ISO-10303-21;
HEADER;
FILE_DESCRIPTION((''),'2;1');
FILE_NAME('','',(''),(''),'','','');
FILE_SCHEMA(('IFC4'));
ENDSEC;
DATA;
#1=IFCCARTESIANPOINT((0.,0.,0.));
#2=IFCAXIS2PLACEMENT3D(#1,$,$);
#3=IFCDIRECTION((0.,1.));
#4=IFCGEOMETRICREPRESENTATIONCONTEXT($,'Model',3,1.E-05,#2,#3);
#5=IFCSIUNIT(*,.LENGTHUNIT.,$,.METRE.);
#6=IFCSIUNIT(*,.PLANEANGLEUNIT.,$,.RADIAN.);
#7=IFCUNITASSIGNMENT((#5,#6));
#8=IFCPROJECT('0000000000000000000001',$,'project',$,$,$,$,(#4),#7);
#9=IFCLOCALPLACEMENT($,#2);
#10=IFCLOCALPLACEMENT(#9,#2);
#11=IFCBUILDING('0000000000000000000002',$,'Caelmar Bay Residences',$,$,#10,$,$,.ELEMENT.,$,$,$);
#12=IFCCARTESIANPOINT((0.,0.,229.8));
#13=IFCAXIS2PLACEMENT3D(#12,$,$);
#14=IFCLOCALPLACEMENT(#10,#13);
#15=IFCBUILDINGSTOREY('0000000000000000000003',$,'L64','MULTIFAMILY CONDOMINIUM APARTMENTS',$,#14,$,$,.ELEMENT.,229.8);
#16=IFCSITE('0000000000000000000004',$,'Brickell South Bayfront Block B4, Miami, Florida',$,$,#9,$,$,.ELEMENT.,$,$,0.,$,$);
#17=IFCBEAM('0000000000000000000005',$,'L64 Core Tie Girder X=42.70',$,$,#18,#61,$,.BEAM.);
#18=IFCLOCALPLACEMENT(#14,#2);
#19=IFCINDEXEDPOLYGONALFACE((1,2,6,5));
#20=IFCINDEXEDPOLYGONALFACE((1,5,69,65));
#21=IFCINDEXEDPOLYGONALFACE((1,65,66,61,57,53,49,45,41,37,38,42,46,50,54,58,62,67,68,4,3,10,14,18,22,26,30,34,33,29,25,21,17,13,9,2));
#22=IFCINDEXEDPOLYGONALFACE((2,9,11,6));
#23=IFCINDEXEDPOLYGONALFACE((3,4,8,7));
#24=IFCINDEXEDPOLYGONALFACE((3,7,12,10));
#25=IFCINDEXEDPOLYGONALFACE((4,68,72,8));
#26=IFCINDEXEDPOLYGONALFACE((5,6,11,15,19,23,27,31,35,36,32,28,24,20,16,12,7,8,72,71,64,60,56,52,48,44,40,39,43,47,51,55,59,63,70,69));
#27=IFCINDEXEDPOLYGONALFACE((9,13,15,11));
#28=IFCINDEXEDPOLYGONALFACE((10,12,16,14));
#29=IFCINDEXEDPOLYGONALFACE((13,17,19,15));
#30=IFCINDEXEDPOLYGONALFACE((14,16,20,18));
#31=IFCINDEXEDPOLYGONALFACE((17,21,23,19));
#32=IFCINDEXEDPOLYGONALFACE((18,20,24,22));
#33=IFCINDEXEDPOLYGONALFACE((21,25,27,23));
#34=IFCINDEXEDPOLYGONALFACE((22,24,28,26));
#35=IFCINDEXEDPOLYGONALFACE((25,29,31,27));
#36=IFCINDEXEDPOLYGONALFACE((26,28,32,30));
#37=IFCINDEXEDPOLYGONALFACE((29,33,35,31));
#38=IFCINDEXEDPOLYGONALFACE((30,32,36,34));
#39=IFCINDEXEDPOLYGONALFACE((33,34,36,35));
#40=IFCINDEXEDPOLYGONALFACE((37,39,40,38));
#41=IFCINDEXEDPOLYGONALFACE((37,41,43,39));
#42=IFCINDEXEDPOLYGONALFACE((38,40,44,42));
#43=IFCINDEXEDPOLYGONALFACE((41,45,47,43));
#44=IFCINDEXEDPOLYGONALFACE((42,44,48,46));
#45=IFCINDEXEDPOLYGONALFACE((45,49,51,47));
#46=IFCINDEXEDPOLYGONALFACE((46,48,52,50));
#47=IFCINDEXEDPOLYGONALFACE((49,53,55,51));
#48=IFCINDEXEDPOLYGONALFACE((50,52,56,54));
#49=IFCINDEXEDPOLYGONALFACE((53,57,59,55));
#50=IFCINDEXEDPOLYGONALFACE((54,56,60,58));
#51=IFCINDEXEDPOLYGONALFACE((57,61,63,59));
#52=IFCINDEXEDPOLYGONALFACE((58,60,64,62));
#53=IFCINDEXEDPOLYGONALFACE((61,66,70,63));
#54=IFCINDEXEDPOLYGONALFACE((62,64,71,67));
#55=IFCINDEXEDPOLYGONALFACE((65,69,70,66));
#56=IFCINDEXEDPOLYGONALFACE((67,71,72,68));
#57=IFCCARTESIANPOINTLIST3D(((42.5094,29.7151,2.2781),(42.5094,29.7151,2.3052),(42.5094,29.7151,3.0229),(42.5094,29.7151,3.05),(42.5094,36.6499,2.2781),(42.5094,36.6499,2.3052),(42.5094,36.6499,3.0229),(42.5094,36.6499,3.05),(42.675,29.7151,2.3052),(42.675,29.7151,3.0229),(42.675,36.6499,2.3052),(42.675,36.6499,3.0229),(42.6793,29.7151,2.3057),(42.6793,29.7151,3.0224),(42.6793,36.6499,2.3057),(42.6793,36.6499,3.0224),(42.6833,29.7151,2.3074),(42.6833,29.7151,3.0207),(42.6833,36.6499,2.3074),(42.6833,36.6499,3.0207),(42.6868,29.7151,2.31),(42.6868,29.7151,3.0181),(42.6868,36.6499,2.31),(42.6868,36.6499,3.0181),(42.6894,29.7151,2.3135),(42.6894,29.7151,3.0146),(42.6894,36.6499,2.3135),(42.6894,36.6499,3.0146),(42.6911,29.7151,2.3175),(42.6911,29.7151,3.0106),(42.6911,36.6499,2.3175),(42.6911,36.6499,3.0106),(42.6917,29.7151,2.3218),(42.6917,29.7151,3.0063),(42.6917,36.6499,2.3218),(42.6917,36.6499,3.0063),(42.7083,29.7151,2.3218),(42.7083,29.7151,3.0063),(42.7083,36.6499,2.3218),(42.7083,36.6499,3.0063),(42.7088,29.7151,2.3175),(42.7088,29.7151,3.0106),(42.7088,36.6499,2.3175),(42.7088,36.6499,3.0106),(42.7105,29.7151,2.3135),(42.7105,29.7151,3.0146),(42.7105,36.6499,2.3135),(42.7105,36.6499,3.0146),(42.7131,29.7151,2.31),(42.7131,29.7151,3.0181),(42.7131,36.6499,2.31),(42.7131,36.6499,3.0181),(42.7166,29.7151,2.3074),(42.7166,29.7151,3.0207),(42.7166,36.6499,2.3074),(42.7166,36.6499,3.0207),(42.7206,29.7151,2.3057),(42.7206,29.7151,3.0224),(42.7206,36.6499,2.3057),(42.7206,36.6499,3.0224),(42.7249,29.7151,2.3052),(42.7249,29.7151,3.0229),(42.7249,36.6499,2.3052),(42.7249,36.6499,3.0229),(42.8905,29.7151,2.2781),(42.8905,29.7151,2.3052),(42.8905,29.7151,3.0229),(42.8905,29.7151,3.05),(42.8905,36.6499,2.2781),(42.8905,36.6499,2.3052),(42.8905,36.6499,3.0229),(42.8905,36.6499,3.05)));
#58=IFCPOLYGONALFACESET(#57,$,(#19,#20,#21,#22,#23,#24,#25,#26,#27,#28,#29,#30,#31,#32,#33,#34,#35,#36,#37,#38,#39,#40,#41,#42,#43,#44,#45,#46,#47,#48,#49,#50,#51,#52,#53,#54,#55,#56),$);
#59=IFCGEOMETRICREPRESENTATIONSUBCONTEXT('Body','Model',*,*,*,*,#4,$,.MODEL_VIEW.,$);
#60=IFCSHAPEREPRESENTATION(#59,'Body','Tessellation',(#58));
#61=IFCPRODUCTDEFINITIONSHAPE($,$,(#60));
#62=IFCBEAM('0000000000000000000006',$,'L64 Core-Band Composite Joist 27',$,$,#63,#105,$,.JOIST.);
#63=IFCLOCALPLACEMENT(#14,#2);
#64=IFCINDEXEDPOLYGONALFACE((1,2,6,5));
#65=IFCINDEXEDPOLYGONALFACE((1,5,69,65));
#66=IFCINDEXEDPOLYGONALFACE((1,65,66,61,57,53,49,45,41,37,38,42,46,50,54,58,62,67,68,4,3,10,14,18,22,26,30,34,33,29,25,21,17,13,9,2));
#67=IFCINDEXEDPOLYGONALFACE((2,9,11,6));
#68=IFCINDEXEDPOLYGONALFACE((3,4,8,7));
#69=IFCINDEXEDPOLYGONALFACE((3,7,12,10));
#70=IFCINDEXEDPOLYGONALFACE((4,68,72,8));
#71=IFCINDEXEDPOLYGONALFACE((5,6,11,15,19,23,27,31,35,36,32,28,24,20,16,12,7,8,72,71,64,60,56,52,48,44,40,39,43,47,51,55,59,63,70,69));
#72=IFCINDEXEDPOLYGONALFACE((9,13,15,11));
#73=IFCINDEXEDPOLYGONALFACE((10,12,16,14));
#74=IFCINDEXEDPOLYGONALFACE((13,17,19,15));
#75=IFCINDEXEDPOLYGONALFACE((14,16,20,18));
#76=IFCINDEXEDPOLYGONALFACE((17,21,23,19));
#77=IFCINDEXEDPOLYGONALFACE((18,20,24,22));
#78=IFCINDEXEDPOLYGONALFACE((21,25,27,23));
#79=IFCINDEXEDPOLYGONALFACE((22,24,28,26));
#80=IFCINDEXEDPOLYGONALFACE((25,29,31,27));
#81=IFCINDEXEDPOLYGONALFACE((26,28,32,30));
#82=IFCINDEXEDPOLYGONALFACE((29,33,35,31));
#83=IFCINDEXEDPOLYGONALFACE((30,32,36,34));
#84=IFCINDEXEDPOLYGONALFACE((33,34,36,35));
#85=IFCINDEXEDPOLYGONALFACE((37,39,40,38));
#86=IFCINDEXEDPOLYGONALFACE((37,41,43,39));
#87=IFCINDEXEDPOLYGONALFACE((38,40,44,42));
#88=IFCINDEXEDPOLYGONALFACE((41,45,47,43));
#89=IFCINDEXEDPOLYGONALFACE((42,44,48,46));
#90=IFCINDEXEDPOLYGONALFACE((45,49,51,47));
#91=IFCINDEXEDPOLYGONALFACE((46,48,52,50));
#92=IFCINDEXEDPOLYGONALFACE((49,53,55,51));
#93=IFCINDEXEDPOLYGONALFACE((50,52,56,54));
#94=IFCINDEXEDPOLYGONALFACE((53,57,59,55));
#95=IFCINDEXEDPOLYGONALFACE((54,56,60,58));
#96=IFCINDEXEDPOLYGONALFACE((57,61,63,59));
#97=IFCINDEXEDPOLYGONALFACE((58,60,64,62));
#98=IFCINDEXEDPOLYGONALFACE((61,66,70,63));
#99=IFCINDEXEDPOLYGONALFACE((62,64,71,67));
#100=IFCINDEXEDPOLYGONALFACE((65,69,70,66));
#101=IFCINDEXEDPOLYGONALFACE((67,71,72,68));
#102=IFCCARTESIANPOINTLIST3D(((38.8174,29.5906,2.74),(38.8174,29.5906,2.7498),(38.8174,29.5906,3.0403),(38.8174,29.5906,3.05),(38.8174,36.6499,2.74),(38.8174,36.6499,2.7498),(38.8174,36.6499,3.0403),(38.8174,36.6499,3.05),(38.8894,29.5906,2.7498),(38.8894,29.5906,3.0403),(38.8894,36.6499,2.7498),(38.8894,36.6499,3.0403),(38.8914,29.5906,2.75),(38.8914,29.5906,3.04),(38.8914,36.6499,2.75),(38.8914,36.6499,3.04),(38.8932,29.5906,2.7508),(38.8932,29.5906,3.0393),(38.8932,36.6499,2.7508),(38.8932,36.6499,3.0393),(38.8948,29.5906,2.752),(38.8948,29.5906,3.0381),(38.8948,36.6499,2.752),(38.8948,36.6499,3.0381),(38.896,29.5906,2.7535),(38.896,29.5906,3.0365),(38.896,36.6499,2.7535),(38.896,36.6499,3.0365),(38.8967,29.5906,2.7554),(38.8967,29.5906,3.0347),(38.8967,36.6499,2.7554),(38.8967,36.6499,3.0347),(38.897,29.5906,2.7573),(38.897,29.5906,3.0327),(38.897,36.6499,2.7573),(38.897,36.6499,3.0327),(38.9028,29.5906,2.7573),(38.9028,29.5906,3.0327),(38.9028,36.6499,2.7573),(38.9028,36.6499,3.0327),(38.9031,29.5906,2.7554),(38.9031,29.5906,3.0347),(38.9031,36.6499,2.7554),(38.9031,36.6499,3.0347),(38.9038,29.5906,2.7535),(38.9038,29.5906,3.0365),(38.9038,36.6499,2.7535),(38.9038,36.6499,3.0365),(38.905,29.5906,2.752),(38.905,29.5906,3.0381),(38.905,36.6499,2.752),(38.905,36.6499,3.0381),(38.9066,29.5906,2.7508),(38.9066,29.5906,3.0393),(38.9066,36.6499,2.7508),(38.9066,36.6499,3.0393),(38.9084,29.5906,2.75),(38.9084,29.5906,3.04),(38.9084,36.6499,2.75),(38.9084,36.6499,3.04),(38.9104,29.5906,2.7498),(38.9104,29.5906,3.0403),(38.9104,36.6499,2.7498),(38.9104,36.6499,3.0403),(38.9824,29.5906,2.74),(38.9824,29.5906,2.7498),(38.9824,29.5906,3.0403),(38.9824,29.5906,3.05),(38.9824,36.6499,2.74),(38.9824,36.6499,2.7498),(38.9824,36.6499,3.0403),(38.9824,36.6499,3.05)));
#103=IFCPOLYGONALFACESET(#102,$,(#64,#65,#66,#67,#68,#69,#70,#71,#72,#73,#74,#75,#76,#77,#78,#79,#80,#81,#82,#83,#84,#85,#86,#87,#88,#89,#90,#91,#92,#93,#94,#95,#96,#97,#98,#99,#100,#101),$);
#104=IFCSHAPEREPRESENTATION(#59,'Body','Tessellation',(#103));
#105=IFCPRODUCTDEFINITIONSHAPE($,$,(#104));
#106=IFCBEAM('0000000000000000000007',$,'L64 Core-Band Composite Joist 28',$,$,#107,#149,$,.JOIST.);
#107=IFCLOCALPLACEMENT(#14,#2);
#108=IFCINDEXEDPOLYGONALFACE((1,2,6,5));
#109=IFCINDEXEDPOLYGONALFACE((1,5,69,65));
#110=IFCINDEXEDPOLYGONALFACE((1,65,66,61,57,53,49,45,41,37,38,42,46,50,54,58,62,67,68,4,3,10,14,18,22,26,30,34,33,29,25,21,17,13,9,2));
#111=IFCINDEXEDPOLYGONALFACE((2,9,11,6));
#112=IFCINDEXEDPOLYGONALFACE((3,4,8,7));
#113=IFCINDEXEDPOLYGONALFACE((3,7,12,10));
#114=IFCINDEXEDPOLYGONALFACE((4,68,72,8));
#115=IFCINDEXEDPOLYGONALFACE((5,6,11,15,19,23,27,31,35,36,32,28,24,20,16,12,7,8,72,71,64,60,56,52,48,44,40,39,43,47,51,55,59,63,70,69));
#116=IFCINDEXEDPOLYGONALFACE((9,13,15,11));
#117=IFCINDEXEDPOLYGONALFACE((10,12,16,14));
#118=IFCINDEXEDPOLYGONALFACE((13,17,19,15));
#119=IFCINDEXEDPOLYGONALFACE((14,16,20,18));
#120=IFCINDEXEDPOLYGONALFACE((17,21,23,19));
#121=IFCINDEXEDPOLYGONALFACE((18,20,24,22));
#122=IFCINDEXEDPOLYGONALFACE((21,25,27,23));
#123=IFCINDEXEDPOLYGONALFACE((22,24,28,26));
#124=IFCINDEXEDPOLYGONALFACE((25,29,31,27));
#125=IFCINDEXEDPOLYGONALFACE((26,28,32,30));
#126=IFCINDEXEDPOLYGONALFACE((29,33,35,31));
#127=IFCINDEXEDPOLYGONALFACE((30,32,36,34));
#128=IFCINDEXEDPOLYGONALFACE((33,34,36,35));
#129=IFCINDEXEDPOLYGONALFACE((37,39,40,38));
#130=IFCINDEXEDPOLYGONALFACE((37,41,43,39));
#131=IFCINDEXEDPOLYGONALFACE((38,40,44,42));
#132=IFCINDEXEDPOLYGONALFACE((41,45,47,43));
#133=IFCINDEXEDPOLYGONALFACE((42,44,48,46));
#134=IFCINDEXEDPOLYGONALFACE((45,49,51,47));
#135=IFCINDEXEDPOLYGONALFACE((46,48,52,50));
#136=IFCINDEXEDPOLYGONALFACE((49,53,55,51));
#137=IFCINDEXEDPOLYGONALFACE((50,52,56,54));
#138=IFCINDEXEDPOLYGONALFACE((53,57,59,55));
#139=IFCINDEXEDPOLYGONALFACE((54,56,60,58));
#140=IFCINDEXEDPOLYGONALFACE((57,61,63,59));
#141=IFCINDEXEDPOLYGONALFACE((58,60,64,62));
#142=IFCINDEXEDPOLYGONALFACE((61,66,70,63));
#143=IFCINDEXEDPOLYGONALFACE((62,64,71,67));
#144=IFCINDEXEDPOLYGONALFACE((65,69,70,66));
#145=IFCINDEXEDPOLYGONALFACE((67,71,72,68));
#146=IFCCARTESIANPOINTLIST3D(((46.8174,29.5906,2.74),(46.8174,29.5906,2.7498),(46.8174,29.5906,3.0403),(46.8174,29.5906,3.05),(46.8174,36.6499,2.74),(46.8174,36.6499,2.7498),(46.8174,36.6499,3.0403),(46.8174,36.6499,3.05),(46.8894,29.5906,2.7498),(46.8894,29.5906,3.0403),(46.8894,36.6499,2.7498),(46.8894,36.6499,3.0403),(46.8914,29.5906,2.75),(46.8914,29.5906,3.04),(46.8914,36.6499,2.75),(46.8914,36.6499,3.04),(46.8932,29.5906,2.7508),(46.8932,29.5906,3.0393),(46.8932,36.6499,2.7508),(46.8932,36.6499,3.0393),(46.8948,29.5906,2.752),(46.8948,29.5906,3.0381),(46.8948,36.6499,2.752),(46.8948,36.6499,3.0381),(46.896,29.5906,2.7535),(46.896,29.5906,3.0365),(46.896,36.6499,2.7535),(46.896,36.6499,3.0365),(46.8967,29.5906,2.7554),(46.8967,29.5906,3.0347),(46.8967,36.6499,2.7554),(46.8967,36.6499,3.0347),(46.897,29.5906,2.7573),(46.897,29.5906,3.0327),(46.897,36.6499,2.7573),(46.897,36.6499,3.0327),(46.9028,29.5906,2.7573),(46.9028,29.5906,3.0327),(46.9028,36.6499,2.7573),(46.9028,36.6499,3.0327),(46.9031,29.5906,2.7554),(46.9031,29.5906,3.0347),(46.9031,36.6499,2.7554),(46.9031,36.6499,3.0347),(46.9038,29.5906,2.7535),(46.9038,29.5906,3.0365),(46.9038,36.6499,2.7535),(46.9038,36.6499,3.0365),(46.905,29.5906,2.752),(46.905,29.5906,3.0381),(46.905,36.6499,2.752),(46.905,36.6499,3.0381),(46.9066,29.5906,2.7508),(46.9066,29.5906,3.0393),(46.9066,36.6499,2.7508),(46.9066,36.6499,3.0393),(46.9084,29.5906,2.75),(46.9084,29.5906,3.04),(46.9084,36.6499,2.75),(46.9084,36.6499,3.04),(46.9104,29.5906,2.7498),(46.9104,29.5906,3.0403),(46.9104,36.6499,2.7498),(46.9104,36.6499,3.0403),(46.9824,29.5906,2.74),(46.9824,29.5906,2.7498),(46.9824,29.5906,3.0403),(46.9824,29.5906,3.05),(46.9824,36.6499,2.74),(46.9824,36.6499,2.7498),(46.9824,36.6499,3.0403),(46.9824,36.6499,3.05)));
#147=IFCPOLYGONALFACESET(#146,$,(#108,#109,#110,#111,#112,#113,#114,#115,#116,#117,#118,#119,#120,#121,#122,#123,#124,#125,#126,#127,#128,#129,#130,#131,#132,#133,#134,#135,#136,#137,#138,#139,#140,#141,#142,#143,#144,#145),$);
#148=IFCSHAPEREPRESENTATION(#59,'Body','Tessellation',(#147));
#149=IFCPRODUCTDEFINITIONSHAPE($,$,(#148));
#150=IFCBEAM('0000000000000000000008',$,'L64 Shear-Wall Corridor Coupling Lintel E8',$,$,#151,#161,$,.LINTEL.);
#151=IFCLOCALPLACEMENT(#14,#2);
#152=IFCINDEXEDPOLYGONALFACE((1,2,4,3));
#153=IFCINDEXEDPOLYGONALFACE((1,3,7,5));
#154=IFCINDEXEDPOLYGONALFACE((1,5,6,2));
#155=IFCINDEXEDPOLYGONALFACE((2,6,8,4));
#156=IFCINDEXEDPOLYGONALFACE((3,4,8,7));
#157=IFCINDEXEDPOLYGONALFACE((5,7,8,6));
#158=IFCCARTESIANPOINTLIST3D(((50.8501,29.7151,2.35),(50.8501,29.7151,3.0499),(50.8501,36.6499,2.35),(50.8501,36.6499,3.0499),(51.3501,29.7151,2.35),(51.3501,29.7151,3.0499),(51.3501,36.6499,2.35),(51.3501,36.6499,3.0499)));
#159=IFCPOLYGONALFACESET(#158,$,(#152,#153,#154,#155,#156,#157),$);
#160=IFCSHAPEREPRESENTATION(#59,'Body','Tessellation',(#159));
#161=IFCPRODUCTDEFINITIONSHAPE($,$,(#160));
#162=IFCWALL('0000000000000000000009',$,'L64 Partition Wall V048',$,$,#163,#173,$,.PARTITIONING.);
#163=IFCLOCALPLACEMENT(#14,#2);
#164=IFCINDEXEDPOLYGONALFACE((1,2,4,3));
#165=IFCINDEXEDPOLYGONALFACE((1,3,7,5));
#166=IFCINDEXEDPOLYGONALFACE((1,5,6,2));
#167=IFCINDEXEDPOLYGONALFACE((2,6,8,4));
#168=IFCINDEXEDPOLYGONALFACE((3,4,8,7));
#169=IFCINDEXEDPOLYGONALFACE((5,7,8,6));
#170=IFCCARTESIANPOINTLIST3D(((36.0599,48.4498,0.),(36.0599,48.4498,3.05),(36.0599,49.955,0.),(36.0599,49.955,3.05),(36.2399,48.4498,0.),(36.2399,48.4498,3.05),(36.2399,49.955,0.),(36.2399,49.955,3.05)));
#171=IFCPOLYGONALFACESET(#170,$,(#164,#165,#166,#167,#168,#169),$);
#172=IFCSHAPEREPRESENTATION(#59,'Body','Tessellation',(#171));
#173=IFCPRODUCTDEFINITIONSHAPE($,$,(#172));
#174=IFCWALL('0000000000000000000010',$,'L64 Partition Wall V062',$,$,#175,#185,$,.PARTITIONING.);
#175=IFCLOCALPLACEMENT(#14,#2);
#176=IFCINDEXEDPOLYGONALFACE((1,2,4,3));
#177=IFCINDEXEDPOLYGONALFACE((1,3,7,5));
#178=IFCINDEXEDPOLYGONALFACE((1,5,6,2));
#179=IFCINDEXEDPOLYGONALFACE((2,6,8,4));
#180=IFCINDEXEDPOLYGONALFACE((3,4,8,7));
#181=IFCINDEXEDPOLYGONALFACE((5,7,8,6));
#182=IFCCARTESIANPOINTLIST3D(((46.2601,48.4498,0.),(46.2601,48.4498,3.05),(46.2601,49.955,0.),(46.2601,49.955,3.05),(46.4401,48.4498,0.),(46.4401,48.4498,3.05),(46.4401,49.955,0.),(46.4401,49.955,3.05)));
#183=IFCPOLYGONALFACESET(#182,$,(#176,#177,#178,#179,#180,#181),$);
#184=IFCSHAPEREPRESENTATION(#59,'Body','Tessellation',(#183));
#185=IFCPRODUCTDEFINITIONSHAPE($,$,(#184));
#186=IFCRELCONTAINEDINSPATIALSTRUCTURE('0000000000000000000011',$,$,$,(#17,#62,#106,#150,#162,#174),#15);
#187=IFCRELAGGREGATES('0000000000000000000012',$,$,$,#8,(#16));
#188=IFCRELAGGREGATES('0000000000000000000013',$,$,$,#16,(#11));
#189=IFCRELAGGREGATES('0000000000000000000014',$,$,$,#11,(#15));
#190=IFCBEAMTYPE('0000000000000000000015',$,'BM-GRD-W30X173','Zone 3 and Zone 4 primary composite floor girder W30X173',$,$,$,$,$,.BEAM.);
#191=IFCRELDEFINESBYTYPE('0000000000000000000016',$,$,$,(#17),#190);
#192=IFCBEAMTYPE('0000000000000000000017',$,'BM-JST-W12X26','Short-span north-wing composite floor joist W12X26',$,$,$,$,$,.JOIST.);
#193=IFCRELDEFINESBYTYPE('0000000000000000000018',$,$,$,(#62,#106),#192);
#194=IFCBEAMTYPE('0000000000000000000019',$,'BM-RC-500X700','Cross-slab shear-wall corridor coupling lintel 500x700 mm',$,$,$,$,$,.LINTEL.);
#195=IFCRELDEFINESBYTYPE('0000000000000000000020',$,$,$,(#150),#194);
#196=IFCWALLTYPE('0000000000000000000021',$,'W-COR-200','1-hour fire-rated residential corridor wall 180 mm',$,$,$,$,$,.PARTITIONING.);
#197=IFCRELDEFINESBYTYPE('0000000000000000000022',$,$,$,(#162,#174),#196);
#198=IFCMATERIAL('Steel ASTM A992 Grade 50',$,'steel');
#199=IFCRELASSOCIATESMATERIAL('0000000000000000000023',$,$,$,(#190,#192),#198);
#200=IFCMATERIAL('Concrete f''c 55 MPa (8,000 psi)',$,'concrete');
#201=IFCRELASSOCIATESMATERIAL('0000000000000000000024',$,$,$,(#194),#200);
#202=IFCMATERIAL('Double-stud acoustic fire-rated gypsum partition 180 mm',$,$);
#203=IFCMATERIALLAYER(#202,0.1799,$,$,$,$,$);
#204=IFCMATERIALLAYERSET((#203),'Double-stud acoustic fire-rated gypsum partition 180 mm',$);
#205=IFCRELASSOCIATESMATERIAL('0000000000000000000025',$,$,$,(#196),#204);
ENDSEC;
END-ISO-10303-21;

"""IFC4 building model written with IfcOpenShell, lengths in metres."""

from ifc_helpers import new_model, si_unit, direction, frame, frame_2d, origin, origin_2d, place, context, subcontext, project, spatial, rectangle, i_section, extrude, material, layer, layer_set, material_profile, profile_set, type_object, element, save


model = new_model("IFC4")

# Units and contexts
model_context = context("Model", 3, precision=1e-05, world=origin(), true_north=direction((0.0, 1.0)))
body_context = subcontext(model_context, "Body", "Model", "MODEL_VIEW")
ifc_project = project(units=[si_unit("LENGTHUNIT", "METRE"), si_unit("PLANEANGLEUNIT", "RADIAN")], contexts=[model_context])

# Site, building, storey
site_placement = place(None, origin())
site = spatial("IfcSite", under=ifc_project, at=site_placement, Name="Brickell South Bayfront Block B4, Miami, Florida", CompositionType="ELEMENT", RefElevation=0.0)
building_placement = place(site_placement, origin())
building = spatial("IfcBuilding", under=site, at=building_placement, Name="Caelmar Bay Residences", CompositionType="ELEMENT")
storey_placement = place(building_placement, frame((0.0, 0.0, 229.8)))
storey = spatial("IfcBuildingStorey", under=building, at=storey_placement, Name="L64", Description="MULTIFAMILY CONDOMINIUM APARTMENTS", CompositionType="ELEMENT", Elevation=229.8)

# Beams
ifc_material_1 = material(Name="Steel ASTM A992 Grade 50", Category="steel")
ifc_material_profile_1 = material_profile(ifc_material_1, i_section(OverallWidth=0.3811, OverallDepth=0.772, WebThickness=0.0166, FlangeThickness=0.0271, FilletRadius=0.0166, at=origin_2d()), Name="W30X173")
ifc_profile_set_1 = profile_set([ifc_material_profile_1], Name="Steel ASTM A992 Grade 50")
beam_type_1 = type_object("IfcBeamType", Name="BM-GRD-W30X173", Description="Zone 3 and Zone 4 primary composite floor girder W30X173", PredefinedType="BEAM", material=ifc_profile_set_1)
beam_1_placement = place(storey_placement, frame((42.7, 29.7151, 2.6641), z_axis=(0.0, 1.0, 0.0), x_axis=(-1.0, 0.0, 0.0)))
element("IfcBeam", 1, at=beam_1_placement, inside=storey, type_object=beam_type_1, Name="L64 Core Tie Girder X=42.70", PredefinedType="BEAM", context=body_context, shape_type="SweptSolid", body=[
    extrude(i_section(OverallWidth=0.3811, OverallDepth=0.772, WebThickness=0.0166, FlangeThickness=0.0271, FilletRadius=0.0166, at=origin_2d()), origin(), (0.0, 0.0, 1.0), 6.9348),
])
ifc_material_profile_2 = material_profile(ifc_material_1, i_section(OverallWidth=0.165, OverallDepth=0.3101, WebThickness=0.0059, FlangeThickness=0.0098, FilletRadius=0.0076, at=origin_2d()), Name="W12X26")
ifc_profile_set_2 = profile_set([ifc_material_profile_2], Name="Steel ASTM A992 Grade 50")
beam_type_2 = type_object("IfcBeamType", Name="BM-JST-W12X26", Description="Short-span north-wing composite floor joist W12X26", PredefinedType="JOIST", material=ifc_profile_set_2)
for number, where, z_axis, x_axis, name in (
    (2, (38.8999, 29.5906, 2.895), (0.0, 1.0, 0.0), (-1.0, 0.0, 0.0), "L64 Core-Band Composite Joist 27"),
    (3, (46.8999, 29.5906, 2.895), (0.0, 1.0, 0.0), (-1.0, 0.0, 0.0), "L64 Core-Band Composite Joist 28"),
):
    element("IfcBeam", number, at=place(storey_placement, frame(where, z_axis=z_axis, x_axis=x_axis)), inside=storey, type_object=beam_type_2, Name=name, PredefinedType="JOIST", context=body_context, shape_type="SweptSolid", body=[
        extrude(i_section(OverallWidth=0.165, OverallDepth=0.3101, WebThickness=0.0059, FlangeThickness=0.0098, FilletRadius=0.0076, at=origin_2d()), origin(), (0.0, 0.0, 1.0), 7.0593),
    ])
ifc_material_2 = material(Name="Concrete f'c 55 MPa (8,000 psi)", Category="concrete")
ifc_material_profile_3 = material_profile(ifc_material_2, rectangle(XDim=0.5, YDim=0.7, at=origin_2d()), Name="RC-BM-500X700")
ifc_profile_set_3 = profile_set([ifc_material_profile_3], Name="Concrete f'c 55 MPa (8,000 psi)")
beam_type_3 = type_object("IfcBeamType", Name="BM-RC-500X700", Description="Cross-slab shear-wall corridor coupling lintel 500x700 mm", PredefinedType="LINTEL", material=ifc_profile_set_3)
beam_2_placement = place(storey_placement, frame((51.1001, 29.7151, 2.7), z_axis=(0.0, 1.0, 0.0), x_axis=(-1.0, 0.0, 0.0)))
element("IfcBeam", 4, at=beam_2_placement, inside=storey, type_object=beam_type_3, Name="L64 Shear-Wall Corridor Coupling Lintel E8", PredefinedType="LINTEL", context=body_context, shape_type="SweptSolid", body=[
    extrude(rectangle(XDim=0.5, YDim=0.7, at=origin_2d()), origin(), (0.0, 0.0, 1.0), 6.9348),
])

# Walls
ifc_material_3 = material(Name="Double-stud acoustic fire-rated gypsum partition 180 mm")
ifc_layer_1 = layer(ifc_material_3, 0.1799)
ifc_layer_set_1 = layer_set([ifc_layer_1], Name="Double-stud acoustic fire-rated gypsum partition 180 mm")
wall_type_1 = type_object("IfcWallType", Name="W-COR-200", Description="1-hour fire-rated residential corridor wall 180 mm", PredefinedType="PARTITIONING", material=ifc_layer_set_1)
for number, where, z_axis, x_axis, name in (
    (5, (36.1499, 48.45, 0.0), (0.0, 0.0, 1.0), (0.0, 1.0, 0.0), "L64 Partition Wall V048"),
    (6, (46.3501, 48.45, 0.0), (0.0, 0.0, 1.0), (0.0, 1.0, 0.0), "L64 Partition Wall V062"),
):
    element("IfcWall", number, at=place(storey_placement, frame(where, z_axis=z_axis, x_axis=x_axis)), inside=storey, type_object=wall_type_1, Name=name, PredefinedType="PARTITIONING", context=body_context, shape_type="SweptSolid", body=[
        extrude(rectangle(XDim=1.5051, YDim=0.1799, at=frame_2d((0.7524, 0.0))), origin(), (0.0, 0.0, 1.0), 3.05),
    ])

save(model, "model.ifc")
